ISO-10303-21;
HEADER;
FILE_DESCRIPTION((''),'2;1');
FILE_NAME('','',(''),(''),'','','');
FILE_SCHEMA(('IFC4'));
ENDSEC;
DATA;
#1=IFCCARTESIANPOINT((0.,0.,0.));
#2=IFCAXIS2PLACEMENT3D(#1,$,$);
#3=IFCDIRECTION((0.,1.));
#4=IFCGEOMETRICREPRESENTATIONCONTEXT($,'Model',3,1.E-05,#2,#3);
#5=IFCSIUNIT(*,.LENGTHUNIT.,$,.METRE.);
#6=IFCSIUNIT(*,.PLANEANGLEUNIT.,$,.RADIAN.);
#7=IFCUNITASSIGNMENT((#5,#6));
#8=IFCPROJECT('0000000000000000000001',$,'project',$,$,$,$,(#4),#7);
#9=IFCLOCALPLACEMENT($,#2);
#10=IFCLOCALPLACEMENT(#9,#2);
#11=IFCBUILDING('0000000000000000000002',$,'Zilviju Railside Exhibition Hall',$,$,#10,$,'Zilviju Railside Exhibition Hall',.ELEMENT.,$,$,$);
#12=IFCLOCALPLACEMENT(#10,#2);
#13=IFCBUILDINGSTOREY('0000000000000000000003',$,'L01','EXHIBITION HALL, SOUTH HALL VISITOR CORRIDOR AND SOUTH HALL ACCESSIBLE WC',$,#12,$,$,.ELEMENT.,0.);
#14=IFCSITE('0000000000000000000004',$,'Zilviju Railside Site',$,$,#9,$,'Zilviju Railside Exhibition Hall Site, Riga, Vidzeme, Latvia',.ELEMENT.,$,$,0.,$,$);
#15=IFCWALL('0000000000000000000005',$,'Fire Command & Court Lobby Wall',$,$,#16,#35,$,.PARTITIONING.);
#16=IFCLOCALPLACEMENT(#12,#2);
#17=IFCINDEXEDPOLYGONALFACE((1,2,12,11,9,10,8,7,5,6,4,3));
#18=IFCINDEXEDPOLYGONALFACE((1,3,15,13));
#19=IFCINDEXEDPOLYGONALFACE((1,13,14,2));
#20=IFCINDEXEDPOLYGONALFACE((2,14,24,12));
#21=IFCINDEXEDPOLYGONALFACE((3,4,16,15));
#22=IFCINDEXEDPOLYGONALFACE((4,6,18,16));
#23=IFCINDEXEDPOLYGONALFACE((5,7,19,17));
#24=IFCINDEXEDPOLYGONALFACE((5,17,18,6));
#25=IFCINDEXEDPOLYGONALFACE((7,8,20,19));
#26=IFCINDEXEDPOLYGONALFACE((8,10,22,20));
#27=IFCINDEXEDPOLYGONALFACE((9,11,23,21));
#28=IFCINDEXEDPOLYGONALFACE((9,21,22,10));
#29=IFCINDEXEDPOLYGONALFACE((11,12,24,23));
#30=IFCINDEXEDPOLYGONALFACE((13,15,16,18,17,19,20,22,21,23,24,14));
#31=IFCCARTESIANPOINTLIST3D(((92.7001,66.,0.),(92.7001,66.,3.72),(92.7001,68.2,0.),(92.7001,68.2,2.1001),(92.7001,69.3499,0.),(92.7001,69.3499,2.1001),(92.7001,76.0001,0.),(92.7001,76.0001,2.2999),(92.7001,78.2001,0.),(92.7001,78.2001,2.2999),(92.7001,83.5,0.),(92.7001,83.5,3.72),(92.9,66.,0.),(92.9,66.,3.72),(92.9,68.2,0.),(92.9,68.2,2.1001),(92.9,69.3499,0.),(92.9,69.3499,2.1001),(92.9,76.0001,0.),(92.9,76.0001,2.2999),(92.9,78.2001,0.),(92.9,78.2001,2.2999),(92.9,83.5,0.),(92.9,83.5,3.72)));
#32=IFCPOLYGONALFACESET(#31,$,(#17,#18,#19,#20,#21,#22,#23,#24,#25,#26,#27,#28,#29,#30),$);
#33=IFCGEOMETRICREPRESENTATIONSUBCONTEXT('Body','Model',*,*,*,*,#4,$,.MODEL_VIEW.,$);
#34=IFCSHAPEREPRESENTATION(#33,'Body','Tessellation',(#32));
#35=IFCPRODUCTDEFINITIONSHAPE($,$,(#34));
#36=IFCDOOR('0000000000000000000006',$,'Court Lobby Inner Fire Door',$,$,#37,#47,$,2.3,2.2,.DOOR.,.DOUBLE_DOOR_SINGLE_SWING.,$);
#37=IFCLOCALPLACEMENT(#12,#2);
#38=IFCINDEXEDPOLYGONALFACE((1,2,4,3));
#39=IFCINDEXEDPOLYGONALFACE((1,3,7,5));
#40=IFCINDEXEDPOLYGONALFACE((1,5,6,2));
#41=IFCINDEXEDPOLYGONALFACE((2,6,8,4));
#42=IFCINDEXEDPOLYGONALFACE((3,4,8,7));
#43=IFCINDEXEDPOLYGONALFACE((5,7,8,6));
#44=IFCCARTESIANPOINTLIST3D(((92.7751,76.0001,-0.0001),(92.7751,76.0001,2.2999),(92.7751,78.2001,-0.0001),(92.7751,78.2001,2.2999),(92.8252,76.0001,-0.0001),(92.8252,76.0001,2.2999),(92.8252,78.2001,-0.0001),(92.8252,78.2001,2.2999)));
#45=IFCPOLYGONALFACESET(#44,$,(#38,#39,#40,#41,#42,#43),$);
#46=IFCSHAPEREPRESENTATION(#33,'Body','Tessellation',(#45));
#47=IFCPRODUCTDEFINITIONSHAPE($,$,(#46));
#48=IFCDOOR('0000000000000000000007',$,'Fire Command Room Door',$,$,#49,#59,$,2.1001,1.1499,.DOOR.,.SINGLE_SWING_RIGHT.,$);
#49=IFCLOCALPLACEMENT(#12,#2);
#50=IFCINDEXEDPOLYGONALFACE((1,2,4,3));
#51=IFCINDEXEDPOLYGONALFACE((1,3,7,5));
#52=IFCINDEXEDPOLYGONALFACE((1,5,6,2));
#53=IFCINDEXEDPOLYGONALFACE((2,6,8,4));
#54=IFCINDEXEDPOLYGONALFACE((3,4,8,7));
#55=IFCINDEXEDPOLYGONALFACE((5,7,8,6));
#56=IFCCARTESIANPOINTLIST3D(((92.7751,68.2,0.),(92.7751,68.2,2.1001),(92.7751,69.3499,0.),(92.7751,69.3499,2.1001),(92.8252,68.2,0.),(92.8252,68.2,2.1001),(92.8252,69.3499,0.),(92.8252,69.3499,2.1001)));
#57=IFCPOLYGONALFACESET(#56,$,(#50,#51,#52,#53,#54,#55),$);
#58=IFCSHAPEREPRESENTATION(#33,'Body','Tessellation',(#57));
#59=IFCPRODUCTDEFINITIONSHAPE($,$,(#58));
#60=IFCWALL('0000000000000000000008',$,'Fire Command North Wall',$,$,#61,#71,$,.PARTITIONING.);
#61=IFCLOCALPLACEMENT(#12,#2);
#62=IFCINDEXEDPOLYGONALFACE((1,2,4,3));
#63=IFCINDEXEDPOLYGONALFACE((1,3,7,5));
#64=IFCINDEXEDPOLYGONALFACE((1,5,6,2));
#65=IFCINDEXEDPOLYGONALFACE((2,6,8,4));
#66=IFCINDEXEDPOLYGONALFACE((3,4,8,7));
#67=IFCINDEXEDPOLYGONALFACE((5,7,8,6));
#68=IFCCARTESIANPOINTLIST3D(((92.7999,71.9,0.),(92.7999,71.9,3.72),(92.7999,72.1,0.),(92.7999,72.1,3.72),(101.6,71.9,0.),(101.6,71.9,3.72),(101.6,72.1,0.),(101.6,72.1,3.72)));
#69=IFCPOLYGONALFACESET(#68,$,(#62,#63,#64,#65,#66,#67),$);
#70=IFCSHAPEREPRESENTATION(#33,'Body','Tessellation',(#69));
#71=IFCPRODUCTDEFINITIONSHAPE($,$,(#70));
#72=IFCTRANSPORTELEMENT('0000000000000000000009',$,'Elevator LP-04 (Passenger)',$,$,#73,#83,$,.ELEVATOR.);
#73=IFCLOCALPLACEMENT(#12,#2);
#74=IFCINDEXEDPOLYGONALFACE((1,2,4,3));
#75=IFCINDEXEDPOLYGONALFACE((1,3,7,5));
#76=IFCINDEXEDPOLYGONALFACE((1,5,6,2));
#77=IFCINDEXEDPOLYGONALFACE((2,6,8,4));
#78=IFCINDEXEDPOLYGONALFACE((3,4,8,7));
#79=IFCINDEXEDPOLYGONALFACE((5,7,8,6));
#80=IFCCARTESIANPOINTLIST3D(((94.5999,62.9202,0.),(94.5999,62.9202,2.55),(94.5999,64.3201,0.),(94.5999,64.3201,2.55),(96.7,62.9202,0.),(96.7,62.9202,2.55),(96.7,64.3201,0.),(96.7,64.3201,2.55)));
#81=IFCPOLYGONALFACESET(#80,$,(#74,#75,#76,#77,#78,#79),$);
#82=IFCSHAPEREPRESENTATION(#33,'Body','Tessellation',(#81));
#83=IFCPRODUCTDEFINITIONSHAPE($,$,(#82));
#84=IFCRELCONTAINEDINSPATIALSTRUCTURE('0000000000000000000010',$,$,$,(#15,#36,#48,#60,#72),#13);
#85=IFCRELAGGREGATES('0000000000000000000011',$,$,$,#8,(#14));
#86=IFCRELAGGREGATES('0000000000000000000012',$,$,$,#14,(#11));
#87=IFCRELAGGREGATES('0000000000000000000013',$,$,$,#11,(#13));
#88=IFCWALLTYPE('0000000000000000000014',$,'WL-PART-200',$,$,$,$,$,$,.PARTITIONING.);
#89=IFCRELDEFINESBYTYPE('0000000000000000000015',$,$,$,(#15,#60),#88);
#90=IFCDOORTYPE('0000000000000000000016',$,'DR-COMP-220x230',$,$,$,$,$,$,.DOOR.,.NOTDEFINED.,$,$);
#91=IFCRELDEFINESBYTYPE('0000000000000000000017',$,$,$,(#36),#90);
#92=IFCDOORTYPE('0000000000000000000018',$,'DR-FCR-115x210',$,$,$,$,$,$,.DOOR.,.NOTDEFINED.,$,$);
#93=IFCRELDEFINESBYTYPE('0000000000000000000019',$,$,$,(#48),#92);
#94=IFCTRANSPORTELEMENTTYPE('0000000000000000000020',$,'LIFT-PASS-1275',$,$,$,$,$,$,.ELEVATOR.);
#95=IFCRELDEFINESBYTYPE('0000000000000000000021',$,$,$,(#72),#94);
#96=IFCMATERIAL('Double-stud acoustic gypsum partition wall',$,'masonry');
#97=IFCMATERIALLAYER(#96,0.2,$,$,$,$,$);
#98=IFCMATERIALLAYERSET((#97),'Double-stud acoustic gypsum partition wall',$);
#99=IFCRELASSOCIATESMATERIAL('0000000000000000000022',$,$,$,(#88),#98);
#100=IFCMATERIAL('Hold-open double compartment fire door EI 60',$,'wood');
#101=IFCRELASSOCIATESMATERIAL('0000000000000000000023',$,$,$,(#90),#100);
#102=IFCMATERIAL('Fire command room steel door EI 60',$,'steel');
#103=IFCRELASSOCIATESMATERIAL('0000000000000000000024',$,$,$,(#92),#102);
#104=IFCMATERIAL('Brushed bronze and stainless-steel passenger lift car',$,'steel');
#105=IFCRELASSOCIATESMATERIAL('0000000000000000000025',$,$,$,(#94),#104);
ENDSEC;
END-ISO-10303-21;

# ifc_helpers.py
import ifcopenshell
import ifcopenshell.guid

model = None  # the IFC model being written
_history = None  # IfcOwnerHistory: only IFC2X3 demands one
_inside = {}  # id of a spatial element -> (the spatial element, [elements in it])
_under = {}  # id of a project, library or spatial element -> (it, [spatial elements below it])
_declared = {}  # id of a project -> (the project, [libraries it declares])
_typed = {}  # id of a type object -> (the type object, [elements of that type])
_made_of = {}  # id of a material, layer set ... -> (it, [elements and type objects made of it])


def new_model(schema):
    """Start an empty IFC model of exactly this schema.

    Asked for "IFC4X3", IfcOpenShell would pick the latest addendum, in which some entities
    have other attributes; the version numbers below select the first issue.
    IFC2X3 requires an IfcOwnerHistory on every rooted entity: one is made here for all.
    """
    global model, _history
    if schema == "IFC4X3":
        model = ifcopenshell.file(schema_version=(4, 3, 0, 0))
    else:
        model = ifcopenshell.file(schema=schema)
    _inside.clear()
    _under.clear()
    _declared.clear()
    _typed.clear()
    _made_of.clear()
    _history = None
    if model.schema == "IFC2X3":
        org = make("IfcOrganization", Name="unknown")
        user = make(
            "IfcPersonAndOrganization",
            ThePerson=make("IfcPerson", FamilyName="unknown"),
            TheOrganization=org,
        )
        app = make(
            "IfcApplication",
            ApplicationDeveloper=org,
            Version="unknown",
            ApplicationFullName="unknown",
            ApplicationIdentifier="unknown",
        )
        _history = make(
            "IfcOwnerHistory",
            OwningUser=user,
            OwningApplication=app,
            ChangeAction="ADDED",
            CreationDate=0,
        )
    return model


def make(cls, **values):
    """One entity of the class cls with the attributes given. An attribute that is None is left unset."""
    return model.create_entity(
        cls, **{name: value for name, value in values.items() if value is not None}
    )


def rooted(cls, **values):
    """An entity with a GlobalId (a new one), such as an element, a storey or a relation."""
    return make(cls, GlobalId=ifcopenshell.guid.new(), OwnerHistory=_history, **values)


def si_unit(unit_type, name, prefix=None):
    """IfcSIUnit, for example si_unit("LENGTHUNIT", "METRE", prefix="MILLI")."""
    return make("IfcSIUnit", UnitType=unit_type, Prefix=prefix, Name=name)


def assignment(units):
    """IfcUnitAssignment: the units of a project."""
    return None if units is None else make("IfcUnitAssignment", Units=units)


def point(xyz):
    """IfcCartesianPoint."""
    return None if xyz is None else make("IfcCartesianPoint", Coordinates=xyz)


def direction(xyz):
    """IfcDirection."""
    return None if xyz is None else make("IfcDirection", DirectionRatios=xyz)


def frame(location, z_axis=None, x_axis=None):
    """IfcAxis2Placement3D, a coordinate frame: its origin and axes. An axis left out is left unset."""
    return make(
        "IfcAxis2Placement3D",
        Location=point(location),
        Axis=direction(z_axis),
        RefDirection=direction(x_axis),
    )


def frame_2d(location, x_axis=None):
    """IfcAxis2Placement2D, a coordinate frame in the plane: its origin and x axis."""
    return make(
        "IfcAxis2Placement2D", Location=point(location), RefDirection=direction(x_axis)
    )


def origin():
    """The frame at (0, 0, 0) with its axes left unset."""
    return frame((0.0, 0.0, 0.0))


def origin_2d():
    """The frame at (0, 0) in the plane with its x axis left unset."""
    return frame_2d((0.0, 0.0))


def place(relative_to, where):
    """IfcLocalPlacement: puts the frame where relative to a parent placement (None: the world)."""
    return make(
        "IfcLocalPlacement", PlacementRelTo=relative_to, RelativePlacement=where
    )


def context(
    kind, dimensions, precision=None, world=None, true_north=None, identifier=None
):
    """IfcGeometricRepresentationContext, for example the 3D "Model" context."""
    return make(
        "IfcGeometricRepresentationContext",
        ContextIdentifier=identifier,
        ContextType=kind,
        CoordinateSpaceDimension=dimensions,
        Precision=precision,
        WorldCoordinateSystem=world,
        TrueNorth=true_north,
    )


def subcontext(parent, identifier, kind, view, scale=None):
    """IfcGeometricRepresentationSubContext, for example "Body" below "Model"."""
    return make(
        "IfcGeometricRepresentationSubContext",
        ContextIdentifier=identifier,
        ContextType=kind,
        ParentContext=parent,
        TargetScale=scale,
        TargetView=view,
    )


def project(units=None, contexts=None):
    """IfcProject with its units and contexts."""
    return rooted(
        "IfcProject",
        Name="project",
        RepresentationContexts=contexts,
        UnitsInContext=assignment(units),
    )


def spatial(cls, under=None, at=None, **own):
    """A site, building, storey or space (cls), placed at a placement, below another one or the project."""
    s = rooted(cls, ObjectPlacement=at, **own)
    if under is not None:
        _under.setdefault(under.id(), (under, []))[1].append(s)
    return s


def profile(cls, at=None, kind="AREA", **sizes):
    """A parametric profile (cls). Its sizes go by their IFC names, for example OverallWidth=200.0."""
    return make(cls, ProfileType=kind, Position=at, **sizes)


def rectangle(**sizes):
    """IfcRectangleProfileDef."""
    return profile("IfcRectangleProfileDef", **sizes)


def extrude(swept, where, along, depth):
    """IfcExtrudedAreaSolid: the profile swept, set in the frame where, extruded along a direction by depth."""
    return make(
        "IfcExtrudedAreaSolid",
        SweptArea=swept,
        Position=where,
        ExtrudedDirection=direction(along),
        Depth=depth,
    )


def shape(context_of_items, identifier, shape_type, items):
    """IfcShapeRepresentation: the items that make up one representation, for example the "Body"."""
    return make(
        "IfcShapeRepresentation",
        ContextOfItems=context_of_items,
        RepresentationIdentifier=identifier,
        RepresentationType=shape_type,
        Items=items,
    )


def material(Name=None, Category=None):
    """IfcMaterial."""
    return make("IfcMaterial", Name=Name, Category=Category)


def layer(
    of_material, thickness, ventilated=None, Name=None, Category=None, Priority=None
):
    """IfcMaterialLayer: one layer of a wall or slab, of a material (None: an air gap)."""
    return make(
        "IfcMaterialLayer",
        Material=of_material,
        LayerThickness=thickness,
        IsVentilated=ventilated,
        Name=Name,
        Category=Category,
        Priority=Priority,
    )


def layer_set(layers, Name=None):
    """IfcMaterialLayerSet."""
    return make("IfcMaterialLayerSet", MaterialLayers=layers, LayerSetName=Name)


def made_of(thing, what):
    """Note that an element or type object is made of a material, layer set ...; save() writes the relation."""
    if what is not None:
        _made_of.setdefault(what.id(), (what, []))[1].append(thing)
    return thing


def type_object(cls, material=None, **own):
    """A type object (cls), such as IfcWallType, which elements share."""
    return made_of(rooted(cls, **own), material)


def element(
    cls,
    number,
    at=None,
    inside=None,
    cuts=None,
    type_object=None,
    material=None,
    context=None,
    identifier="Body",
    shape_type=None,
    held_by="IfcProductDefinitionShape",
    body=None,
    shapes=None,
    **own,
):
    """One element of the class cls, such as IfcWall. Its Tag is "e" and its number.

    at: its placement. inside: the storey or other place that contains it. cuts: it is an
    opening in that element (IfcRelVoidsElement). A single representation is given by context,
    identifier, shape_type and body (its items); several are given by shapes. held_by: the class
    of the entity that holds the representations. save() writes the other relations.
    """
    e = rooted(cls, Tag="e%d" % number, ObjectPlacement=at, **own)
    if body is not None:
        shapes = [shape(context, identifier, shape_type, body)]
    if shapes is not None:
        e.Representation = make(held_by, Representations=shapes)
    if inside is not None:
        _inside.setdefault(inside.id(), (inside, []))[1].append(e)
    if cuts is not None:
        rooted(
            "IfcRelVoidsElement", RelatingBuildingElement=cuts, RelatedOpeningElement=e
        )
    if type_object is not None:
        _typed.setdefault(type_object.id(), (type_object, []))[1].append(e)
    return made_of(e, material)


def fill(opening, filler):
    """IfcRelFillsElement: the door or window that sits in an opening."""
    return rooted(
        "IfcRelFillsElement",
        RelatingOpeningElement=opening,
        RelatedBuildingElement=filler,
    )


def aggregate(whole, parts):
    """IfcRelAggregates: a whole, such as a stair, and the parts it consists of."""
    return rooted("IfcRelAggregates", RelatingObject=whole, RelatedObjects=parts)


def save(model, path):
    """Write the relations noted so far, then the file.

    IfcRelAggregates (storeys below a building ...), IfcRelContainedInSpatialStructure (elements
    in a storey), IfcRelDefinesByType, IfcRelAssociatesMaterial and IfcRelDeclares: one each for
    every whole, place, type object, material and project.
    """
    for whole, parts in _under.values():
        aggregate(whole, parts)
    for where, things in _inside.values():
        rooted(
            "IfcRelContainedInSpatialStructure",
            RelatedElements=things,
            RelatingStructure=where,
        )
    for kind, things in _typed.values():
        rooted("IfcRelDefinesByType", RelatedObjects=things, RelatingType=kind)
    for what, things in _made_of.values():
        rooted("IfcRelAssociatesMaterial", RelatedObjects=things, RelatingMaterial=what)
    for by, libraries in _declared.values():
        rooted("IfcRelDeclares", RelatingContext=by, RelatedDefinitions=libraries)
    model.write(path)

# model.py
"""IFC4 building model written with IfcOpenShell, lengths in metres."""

from ifc_helpers import new_model, si_unit, direction, frame, frame_2d, origin, origin_2d, place, context, subcontext, project, spatial, rectangle, extrude, material, layer, layer_set, type_object, element, fill, save


model = new_model("IFC4")

# Units and contexts
model_context = context("Model", 3, precision=1e-05, world=origin(), true_north=direction((0.0, 1.0)))
body_context = subcontext(model_context, "Body", "Model", "MODEL_VIEW")
ifc_project = project(units=[si_unit("LENGTHUNIT", "METRE"), si_unit("PLANEANGLEUNIT", "RADIAN")], contexts=[model_context])

# Site, building, storey
site_placement = place(None, origin())
site = spatial("IfcSite", under=ifc_project, at=site_placement, Name="Zilviju Railside Site", LongName="Zilviju Railside Exhibition Hall Site, Riga, Vidzeme, Latvia", CompositionType="ELEMENT", RefElevation=0.0)
building_placement = place(site_placement, origin())
building = spatial("IfcBuilding", under=site, at=building_placement, Name="Zilviju Railside Exhibition Hall", LongName="Zilviju Railside Exhibition Hall", CompositionType="ELEMENT")
storey_placement = place(building_placement, origin())
storey = spatial("IfcBuildingStorey", under=building, at=storey_placement, Name="L01", Description="EXHIBITION HALL, SOUTH HALL VISITOR CORRIDOR AND SOUTH HALL ACCESSIBLE WC", CompositionType="ELEMENT", Elevation=0.0)

# Wall, openings, doors
ifc_material_1 = material(Name="Double-stud acoustic gypsum partition wall", Category="masonry")
ifc_layer_1 = layer(ifc_material_1, 0.2)
ifc_layer_set_1 = layer_set([ifc_layer_1], Name="Double-stud acoustic gypsum partition wall")
wall_type_1 = type_object("IfcWallType", Name="WL-PART-200", PredefinedType="PARTITIONING", material=ifc_layer_set_1)
wall_1_placement = place(storey_placement, frame((92.8, 66.0, 0.0), z_axis=(0.0, 0.0, 1.0), x_axis=(0.0, 1.0, 0.0)))
wall_1 = element("IfcWall", 1, at=wall_1_placement, inside=storey, type_object=wall_type_1, Name="Fire Command & Court Lobby Wall", PredefinedType="PARTITIONING", context=body_context, shape_type="SweptSolid", body=[
    extrude(rectangle(XDim=17.5, YDim=0.2, at=frame_2d((8.75, 0.0))), origin(), (0.0, 0.0, 1.0), 3.72),
])
opening_1_placement = place(wall_1_placement, frame((2.2, 0.0, 0.0)))
opening_1 = element("IfcOpeningElement", 2, at=opening_1_placement, cuts=wall_1, PredefinedType="OPENING", context=body_context, shape_type="SweptSolid", body=[
    extrude(rectangle(XDim=1.1499, YDim=2.1001, at=frame_2d((0.575, 1.05))), frame((0.0, 0.1099, 0.0), z_axis=(0.0, -1.0, 0.0), x_axis=(1.0, 0.0, 0.0)), (0.0, 0.0, 1.0), 0.22),
])
opening_2_placement = place(wall_1_placement, frame((10.0, 0.0, 0.0)))
opening_2 = element("IfcOpeningElement", 3, at=opening_2_placement, cuts=wall_1, PredefinedType="OPENING", context=body_context, shape_type="SweptSolid", body=[
    extrude(rectangle(XDim=2.2, YDim=2.3, at=frame_2d((1.1001, 1.1499))), frame((0.0, 0.1099, 0.0), z_axis=(0.0, -1.0, 0.0), x_axis=(1.0, 0.0, 0.0)), (0.0, 0.0, 1.0), 0.22),
])
ifc_material_2 = material(Name="Hold-open double compartment fire door EI 60", Category="wood")
door_type_1 = type_object("IfcDoorType", Name="DR-COMP-220x230", OperationType="NOTDEFINED", PredefinedType="DOOR", material=ifc_material_2)
door_1_placement = place(opening_2_placement, origin())
door_1 = element("IfcDoor", 4, at=door_1_placement, inside=storey, type_object=door_type_1, Name="Court Lobby Inner Fire Door", OperationType="DOUBLE_DOOR_SINGLE_SWING", OverallHeight=2.3, OverallWidth=2.2, PredefinedType="DOOR", context=body_context, shape_type="SweptSolid", body=[
    extrude(rectangle(XDim=2.2, YDim=2.3, at=frame_2d((1.1001, 1.1499))), frame((0.0, 0.0249, 0.0), z_axis=(0.0, -1.0, 0.0), x_axis=(1.0, 0.0, 0.0)), (0.0, 0.0, 1.0), 0.05),
])
fill(opening_2, door_1)
ifc_material_3 = material(Name="Fire command room steel door EI 60", Category="steel")
door_type_2 = type_object("IfcDoorType", Name="DR-FCR-115x210", OperationType="NOTDEFINED", PredefinedType="DOOR", material=ifc_material_3)
door_2_placement = place(opening_1_placement, origin())
door_2 = element("IfcDoor", 5, at=door_2_placement, inside=storey, type_object=door_type_2, Name="Fire Command Room Door", OperationType="SINGLE_SWING_RIGHT", OverallHeight=2.1001, OverallWidth=1.1499, PredefinedType="DOOR", context=body_context, shape_type="SweptSolid", body=[
    extrude(rectangle(XDim=1.1499, YDim=2.1001, at=frame_2d((0.575, 1.05))), frame((0.0, 0.0249, 0.0), z_axis=(0.0, -1.0, 0.0), x_axis=(1.0, 0.0, 0.0)), (0.0, 0.0, 1.0), 0.05),
])
fill(opening_1, door_2)

# Wall
wall_2_placement = place(storey_placement, frame((92.8, 72.0, 0.0), z_axis=(0.0, 0.0, 1.0), x_axis=(1.0, 0.0, 0.0)))
element("IfcWall", 6, at=wall_2_placement, inside=storey, type_object=wall_type_1, Name="Fire Command North Wall", PredefinedType="PARTITIONING", context=body_context, shape_type="SweptSolid", body=[
    extrude(rectangle(XDim=8.8, YDim=0.2, at=frame_2d((4.3999, 0.0))), origin(), (0.0, 0.0, 1.0), 3.72),
])

# Transport element
ifc_material_4 = material(Name="Brushed bronze and stainless-steel passenger lift car", Category="steel")
transport_element_type = type_object("IfcTransportElementType", Name="LIFT-PASS-1275", PredefinedType="ELEVATOR", material=ifc_material_4)
transport_element_placement = place(storey_placement, frame((95.6499, 63.6201, 0.0), z_axis=(0.0, 0.0, 1.0), x_axis=(0.0, 1.0, 0.0)))
element("IfcTransportElement", 7, at=transport_element_placement, inside=storey, type_object=transport_element_type, Name="Elevator LP-04 (Passenger)", PredefinedType="ELEVATOR", context=body_context, shape_type="SweptSolid", body=[
    extrude(rectangle(XDim=1.3999, YDim=2.1001, at=origin_2d()), origin(), (0.0, 0.0, 1.0), 2.55),
])

save(model, "model.ifc")
